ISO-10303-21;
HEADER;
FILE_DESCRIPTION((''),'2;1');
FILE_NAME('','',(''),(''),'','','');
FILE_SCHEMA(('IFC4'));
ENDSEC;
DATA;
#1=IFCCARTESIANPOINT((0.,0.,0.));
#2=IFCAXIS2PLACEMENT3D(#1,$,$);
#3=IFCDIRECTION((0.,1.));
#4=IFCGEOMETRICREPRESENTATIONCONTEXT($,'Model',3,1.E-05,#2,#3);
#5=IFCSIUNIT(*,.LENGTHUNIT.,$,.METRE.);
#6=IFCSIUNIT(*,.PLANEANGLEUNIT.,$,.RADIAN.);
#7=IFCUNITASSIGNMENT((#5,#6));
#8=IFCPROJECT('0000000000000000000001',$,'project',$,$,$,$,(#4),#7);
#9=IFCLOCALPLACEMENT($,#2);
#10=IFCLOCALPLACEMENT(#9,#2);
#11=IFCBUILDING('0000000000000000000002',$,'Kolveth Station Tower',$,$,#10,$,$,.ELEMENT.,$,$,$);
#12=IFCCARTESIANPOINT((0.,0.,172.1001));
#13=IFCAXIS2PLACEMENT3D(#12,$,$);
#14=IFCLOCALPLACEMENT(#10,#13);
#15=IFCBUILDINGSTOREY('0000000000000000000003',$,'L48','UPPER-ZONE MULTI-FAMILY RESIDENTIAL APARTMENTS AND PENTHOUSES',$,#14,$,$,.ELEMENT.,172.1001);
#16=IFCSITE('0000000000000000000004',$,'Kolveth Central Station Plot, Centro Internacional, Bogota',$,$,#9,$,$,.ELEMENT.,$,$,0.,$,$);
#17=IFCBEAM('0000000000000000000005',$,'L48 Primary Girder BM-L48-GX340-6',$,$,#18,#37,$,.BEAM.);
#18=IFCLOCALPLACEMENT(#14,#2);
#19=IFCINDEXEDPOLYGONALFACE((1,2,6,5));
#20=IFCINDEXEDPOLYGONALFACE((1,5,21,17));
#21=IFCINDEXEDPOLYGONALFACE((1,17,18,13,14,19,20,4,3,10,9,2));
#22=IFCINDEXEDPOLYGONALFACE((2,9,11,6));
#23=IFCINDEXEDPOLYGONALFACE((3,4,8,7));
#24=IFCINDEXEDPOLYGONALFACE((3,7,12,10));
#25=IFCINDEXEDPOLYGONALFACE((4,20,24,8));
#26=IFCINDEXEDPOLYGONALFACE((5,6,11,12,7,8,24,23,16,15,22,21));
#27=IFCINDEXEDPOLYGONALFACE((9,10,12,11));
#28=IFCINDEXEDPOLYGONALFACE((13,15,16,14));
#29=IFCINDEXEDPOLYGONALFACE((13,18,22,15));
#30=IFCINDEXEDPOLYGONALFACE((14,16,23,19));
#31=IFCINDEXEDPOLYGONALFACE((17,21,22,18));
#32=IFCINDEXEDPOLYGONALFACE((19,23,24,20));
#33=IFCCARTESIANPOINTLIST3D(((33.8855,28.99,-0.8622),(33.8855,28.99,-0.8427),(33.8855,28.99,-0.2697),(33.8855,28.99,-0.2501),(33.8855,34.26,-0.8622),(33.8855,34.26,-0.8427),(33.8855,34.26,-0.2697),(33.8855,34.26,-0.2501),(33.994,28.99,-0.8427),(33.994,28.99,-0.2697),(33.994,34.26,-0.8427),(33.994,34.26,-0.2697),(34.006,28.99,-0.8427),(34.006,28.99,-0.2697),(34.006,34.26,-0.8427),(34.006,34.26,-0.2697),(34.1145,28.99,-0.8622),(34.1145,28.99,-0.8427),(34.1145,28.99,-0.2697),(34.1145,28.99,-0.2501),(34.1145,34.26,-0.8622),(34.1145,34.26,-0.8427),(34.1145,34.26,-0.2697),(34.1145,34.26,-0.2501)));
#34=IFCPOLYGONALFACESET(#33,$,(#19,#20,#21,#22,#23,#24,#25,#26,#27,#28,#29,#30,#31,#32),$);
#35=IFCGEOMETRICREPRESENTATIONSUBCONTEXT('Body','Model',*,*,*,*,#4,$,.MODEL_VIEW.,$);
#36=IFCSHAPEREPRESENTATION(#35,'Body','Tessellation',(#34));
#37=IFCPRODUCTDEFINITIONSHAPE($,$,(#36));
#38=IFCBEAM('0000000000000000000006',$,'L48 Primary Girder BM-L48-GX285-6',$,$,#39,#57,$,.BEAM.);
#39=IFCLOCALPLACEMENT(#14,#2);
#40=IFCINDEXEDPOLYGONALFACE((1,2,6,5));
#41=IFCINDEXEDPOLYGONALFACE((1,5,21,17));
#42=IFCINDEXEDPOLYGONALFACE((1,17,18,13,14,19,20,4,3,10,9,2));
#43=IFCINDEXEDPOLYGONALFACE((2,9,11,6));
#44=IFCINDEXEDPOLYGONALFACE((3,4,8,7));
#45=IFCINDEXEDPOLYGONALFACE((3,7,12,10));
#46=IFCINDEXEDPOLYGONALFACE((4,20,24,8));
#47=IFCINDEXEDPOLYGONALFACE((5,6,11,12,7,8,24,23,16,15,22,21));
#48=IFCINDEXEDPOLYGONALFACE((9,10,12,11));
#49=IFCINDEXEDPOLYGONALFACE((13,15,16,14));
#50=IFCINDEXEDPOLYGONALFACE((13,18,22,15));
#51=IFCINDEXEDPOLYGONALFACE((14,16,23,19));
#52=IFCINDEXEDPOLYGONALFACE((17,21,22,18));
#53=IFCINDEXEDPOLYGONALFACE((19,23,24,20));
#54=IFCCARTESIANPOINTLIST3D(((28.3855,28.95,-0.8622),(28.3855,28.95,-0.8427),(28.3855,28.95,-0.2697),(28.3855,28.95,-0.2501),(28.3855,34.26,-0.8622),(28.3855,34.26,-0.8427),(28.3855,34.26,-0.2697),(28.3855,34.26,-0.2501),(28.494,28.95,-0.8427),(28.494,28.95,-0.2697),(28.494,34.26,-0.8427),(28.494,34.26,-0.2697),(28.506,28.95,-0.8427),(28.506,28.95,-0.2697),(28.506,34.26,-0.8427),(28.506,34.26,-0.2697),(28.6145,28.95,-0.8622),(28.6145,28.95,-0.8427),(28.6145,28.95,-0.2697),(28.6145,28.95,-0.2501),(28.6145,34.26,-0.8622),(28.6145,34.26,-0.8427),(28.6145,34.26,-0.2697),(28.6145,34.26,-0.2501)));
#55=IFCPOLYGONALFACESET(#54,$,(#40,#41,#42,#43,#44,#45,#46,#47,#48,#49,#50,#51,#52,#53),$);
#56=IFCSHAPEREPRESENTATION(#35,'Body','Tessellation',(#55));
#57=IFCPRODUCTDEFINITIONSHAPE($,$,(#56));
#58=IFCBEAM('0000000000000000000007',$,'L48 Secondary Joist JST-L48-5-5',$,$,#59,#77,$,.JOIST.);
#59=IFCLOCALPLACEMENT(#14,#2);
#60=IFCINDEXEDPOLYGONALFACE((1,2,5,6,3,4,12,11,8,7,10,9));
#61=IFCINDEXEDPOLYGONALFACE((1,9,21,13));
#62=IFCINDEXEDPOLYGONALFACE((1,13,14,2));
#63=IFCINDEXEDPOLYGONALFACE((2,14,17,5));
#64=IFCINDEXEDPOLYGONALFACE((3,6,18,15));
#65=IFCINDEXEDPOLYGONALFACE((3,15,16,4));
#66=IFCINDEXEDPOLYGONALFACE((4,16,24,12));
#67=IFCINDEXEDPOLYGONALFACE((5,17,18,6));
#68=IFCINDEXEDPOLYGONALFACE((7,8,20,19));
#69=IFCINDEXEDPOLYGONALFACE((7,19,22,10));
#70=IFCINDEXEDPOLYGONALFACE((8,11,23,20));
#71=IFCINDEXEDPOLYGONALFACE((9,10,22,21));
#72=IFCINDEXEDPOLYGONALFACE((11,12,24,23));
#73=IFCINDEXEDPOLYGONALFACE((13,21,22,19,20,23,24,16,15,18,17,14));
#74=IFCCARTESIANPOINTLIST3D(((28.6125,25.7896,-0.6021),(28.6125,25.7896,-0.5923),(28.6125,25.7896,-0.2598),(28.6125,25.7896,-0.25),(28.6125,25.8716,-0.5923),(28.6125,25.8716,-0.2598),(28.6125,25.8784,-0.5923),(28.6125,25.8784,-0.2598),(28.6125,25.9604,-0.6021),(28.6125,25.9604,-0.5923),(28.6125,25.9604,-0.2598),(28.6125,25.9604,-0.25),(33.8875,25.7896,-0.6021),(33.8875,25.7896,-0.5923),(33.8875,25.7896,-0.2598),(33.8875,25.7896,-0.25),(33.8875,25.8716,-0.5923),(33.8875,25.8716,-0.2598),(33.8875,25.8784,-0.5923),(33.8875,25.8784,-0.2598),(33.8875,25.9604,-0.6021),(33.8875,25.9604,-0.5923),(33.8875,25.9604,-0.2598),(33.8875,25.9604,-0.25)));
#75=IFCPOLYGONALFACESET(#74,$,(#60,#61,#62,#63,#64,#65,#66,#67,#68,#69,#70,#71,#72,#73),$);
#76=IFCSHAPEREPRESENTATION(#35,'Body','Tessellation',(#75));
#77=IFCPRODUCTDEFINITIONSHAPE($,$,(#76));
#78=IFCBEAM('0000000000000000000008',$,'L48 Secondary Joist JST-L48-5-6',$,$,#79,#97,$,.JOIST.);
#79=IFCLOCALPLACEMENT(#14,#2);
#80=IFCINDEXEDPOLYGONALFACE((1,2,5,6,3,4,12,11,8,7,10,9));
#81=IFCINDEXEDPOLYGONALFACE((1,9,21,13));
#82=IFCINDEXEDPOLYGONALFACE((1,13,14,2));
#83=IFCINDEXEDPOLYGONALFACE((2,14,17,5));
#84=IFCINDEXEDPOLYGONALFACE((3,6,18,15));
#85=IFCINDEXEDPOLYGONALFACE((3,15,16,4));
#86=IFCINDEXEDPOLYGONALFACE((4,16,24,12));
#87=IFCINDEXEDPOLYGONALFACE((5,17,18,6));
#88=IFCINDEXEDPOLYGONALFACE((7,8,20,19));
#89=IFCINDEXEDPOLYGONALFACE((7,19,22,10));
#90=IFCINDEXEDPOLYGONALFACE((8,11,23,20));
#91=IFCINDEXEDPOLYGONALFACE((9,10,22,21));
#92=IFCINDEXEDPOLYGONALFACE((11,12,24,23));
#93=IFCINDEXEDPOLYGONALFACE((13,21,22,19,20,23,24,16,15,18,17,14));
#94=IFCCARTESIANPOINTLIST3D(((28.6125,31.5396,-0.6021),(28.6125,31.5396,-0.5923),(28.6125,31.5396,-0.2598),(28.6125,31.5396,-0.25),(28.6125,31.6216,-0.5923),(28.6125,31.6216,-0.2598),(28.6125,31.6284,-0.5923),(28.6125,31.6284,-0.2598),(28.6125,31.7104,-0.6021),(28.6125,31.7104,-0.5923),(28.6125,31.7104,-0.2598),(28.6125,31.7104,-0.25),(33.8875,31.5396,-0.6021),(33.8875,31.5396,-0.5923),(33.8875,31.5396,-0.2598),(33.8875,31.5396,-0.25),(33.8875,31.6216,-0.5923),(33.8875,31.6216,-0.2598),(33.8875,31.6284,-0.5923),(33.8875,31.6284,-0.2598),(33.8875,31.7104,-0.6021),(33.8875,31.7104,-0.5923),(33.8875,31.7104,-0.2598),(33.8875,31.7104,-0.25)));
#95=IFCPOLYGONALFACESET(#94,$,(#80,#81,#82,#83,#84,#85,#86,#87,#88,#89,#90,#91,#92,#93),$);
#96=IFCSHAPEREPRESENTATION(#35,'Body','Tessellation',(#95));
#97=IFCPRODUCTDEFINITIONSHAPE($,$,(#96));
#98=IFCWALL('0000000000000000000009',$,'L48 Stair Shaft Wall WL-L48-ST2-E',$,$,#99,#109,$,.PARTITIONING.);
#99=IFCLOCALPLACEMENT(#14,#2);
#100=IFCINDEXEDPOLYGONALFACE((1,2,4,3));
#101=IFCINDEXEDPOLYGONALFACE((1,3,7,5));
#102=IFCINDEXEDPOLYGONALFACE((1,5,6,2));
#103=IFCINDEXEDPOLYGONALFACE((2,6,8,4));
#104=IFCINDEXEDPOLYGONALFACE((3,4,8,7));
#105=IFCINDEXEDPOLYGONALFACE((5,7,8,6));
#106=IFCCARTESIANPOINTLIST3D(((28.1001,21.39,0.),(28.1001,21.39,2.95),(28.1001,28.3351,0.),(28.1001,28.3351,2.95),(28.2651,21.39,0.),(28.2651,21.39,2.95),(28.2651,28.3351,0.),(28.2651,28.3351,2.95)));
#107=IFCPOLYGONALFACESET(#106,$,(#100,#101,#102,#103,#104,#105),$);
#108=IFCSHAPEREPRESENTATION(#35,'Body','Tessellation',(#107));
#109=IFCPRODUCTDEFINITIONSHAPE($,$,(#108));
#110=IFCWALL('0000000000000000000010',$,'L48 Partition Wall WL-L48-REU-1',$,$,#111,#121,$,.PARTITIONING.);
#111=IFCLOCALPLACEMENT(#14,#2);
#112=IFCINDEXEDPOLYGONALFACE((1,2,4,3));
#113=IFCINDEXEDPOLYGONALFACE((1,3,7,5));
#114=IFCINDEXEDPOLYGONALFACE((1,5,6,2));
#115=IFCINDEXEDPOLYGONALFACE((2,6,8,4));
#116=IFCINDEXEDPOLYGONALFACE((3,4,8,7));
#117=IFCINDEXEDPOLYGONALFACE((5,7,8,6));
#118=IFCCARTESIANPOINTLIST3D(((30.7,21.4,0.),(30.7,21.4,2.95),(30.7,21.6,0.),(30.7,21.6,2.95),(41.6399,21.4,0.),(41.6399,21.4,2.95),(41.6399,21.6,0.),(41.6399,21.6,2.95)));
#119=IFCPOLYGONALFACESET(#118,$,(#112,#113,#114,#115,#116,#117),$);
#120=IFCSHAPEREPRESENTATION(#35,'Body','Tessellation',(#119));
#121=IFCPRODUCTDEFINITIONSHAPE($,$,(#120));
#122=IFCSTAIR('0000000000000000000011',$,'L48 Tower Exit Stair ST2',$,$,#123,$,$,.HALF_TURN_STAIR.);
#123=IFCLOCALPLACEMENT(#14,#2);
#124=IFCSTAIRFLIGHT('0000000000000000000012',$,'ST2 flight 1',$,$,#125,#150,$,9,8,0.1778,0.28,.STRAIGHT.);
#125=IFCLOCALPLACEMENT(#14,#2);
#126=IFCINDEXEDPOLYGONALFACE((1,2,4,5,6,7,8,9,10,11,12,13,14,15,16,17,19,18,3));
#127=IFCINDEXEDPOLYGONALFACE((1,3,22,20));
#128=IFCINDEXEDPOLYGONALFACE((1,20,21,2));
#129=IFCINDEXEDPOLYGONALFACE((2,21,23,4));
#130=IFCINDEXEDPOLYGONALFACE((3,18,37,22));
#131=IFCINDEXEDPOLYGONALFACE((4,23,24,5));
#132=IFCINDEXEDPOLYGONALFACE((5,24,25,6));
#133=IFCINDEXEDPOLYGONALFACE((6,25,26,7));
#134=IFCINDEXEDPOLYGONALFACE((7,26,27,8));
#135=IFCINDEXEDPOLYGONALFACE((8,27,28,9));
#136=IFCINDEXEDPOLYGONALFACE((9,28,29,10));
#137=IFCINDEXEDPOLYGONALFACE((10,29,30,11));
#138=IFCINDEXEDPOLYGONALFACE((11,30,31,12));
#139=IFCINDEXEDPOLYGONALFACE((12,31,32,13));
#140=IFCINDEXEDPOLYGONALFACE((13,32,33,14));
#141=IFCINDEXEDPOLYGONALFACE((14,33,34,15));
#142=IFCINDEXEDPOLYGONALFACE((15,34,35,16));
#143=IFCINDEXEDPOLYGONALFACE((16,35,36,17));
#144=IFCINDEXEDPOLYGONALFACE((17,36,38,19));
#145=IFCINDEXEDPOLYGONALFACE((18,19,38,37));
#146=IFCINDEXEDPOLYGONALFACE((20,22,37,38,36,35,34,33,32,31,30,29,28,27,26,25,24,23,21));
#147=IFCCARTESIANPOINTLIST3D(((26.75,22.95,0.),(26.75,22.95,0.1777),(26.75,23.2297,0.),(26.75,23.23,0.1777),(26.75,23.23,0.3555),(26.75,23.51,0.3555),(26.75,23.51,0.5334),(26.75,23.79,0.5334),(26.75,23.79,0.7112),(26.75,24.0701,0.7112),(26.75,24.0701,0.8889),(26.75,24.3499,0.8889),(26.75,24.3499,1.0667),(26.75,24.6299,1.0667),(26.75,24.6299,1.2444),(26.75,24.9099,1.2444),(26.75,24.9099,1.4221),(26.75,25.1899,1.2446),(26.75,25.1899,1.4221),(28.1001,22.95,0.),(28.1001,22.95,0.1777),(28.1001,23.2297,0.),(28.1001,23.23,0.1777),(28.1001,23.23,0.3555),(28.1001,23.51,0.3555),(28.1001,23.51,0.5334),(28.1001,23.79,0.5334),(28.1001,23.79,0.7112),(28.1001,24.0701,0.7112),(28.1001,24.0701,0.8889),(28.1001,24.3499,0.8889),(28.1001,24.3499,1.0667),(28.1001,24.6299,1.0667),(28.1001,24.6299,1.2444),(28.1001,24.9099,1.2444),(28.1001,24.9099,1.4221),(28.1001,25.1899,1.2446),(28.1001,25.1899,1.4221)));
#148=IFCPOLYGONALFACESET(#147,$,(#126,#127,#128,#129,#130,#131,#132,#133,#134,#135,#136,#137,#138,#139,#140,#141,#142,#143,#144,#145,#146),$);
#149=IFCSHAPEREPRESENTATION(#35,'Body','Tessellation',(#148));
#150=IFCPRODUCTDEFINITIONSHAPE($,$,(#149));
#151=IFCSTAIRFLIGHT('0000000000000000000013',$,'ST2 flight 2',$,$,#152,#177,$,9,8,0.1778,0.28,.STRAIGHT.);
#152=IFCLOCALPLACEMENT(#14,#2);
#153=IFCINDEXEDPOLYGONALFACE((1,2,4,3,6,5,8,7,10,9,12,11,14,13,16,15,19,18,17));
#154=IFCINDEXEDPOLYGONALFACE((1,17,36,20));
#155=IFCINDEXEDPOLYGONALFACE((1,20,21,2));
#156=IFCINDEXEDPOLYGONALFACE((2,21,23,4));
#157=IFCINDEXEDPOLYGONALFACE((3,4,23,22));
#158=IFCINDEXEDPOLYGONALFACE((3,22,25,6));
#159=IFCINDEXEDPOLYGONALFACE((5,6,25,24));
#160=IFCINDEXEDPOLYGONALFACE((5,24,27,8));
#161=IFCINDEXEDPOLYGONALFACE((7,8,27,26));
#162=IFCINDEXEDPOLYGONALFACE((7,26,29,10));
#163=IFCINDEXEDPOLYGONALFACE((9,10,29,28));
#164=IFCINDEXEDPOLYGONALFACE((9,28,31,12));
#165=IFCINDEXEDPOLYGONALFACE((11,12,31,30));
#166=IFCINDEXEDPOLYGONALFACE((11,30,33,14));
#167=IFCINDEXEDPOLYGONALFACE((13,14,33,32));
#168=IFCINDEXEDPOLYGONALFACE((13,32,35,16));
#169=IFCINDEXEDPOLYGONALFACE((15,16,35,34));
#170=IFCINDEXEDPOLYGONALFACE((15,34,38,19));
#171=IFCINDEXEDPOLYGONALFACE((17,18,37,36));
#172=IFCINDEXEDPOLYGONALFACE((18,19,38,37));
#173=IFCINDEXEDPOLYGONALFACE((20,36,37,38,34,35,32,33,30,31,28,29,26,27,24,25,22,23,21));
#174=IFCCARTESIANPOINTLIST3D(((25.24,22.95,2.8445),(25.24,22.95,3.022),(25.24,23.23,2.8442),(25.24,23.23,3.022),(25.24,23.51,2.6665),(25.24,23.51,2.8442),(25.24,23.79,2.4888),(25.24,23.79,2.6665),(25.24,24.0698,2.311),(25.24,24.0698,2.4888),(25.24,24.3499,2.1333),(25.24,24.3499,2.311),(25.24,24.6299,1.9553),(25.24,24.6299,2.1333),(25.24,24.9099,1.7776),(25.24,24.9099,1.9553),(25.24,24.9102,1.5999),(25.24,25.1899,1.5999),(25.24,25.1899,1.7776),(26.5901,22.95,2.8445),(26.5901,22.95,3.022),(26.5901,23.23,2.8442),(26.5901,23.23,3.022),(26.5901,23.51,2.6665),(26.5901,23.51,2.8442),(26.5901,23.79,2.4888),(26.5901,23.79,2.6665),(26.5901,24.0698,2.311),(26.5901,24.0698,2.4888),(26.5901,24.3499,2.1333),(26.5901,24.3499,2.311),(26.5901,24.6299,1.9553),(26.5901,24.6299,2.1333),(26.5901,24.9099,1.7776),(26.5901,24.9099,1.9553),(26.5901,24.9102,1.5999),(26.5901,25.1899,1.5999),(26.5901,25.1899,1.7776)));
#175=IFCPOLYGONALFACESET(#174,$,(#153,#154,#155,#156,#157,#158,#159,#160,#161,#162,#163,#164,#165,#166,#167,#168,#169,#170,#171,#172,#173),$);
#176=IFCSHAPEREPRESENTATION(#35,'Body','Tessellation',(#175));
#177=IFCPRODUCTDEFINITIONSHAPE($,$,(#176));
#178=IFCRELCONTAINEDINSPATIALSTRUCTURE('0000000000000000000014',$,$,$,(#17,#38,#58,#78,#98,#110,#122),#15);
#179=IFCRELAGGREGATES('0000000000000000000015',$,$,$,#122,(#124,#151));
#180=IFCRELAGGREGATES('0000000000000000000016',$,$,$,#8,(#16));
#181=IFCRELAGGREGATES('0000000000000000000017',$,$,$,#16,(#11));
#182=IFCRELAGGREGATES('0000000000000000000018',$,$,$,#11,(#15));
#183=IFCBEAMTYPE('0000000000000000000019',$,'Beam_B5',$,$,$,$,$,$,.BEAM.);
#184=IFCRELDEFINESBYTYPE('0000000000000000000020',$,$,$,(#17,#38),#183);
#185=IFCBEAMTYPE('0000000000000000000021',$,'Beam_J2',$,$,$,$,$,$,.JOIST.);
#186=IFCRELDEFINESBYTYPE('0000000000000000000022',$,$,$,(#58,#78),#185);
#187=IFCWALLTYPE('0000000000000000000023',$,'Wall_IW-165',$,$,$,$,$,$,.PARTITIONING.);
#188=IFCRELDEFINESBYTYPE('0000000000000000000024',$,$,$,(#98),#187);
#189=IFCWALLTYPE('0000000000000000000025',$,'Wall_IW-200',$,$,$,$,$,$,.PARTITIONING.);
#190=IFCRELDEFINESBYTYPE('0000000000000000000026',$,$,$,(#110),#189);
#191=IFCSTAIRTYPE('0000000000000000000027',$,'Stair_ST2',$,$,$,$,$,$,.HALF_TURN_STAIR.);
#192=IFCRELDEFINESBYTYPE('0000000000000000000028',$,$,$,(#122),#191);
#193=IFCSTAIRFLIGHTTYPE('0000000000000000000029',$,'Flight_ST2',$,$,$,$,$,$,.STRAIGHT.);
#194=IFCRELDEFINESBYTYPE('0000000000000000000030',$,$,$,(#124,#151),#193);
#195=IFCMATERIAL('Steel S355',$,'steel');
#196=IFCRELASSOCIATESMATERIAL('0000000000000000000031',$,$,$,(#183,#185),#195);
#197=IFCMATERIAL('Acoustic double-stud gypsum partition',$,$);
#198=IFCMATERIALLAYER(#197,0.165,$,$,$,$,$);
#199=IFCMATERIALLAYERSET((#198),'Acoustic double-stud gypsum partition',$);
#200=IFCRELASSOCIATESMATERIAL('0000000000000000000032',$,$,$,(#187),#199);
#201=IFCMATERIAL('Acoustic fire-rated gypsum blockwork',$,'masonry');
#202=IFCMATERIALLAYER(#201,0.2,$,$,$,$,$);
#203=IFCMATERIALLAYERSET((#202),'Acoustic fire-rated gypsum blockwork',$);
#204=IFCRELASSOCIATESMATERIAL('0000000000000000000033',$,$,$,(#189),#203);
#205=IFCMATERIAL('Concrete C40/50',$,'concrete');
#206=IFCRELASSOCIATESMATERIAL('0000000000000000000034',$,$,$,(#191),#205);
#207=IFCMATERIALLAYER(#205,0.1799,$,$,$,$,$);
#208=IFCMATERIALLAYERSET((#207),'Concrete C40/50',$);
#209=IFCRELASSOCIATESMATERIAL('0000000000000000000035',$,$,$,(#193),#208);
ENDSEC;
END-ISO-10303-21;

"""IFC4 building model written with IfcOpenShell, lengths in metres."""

from ifc_helpers import new_model, si_unit, direction, frame, frame_2d, origin, origin_2d, place, context, subcontext, project, spatial, polyline, rectangle, i_section, outline, extrude, source, transform, mapped, material, layer, layer_set, material_profile, profile_set, type_object, element, aggregate, save


model = new_model("IFC4")

# Units and contexts
model_context = context("Model", 3, precision=1e-05, world=origin(), true_north=direction((0.0, 1.0)))
body_context = subcontext(model_context, "Body", "Model", "MODEL_VIEW")
ifc_project = project(units=[si_unit("LENGTHUNIT", "METRE"), si_unit("PLANEANGLEUNIT", "RADIAN")], contexts=[model_context])

# Site, building, storey
site_placement = place(None, origin())
site = spatial("IfcSite", under=ifc_project, at=site_placement, Name="Kolveth Central Station Plot, Centro Internacional, Bogota", CompositionType="ELEMENT", RefElevation=0.0)
building_placement = place(site_placement, origin())
building = spatial("IfcBuilding", under=site, at=building_placement, Name="Kolveth Station Tower", CompositionType="ELEMENT")
storey_placement = place(building_placement, frame((0.0, 0.0, 172.1001)))
storey = spatial("IfcBuildingStorey", under=building, at=storey_placement, Name="L48", Description="UPPER-ZONE MULTI-FAMILY RESIDENTIAL APARTMENTS AND PENTHOUSES", CompositionType="ELEMENT", Elevation=172.1001)

# Shared definitions
ifc_material_1 = material(Name="Steel S355", Category="steel")

# Beams
ifc_material_profile_1 = material_profile(ifc_material_1, i_section(OverallWidth=0.229, OverallDepth=0.6121, WebThickness=0.012, FlangeThickness=0.0195, at=origin_2d()), Name="W610x125")
ifc_profile_set_1 = profile_set([ifc_material_profile_1], Name="Steel S355")
beam_type_1 = type_object("IfcBeamType", Name="Beam_B5", PredefinedType="BEAM", material=ifc_profile_set_1)
shared_shape_1 = source(origin(), body_context, "Body", "SweptSolid", [
    extrude(i_section(OverallWidth=0.229, OverallDepth=0.6121, WebThickness=0.012, FlangeThickness=0.0195, at=origin_2d()), origin(), (0.0, 0.0, 1.0), 5.27),
])
for number, where, z_axis, x_axis, name in (
    (1, (34.0, 28.99, -0.5562), (0.0, 1.0, 0.0), (-1.0, 0.0, 0.0), "L48 Primary Girder BM-L48-GX340-6"),
):
    element("IfcBeam", number, at=place(storey_placement, frame(where, z_axis=z_axis, x_axis=x_axis)), inside=storey, type_object=beam_type_1, Name=name, PredefinedType="BEAM", context=body_context, shape_type="MappedRepresentation", body=[
        mapped(shared_shape_1, transform((0.0, 0.0, 0.0), x_axis=(1.0, 0.0, 0.0), y_axis=(0.0, 1.0, 0.0), z_axis=(0.0, 0.0, 1.0), scale=1.0)),
    ])
shared_shape_2 = source(origin(), body_context, "Body", "SweptSolid", [
    extrude(i_section(OverallWidth=0.229, OverallDepth=0.6121, WebThickness=0.012, FlangeThickness=0.0195, at=origin_2d()), origin(), (0.0, 0.0, 1.0), 5.3101),
])
beam_1_placement = place(storey_placement, frame((28.5, 28.95, -0.5562), z_axis=(0.0, 1.0, 0.0), x_axis=(-1.0, 0.0, 0.0)))
element("IfcBeam", 2, at=beam_1_placement, inside=storey, type_object=beam_type_1, Name="L48 Primary Girder BM-L48-GX285-6", PredefinedType="BEAM", context=body_context, shape_type="MappedRepresentation", body=[
    mapped(shared_shape_2, transform((0.0, 0.0, 0.0), x_axis=(1.0, 0.0, 0.0), y_axis=(0.0, 1.0, 0.0), z_axis=(0.0, 0.0, 1.0), scale=1.0)),
])
ifc_material_profile_2 = material_profile(ifc_material_1, i_section(OverallWidth=0.1709, OverallDepth=0.3521, WebThickness=0.0068, FlangeThickness=0.0098, at=origin_2d()), Name="W360x44")
ifc_profile_set_2 = profile_set([ifc_material_profile_2], Name="Steel S355")
beam_type_2 = type_object("IfcBeamType", Name="Beam_J2", PredefinedType="JOIST", material=ifc_profile_set_2)
shared_shape_3 = source(origin(), body_context, "Body", "SweptSolid", [
    extrude(i_section(OverallWidth=0.1709, OverallDepth=0.3521, WebThickness=0.0068, FlangeThickness=0.0098, at=origin_2d()), origin(), (0.0, 0.0, 1.0), 5.2749),
])
for number, where, z_axis, x_axis, name in (
    (3, (28.6125, 25.875, -0.426), (1.0, 0.0, 0.0), (0.0, 1.0, 0.0), "L48 Secondary Joist JST-L48-5-5"),
    (4, (28.6125, 31.625, -0.426), (1.0, 0.0, 0.0), (0.0, 1.0, 0.0), "L48 Secondary Joist JST-L48-5-6"),
):
    element("IfcBeam", number, at=place(storey_placement, frame(where, z_axis=z_axis, x_axis=x_axis)), inside=storey, type_object=beam_type_2, Name=name, PredefinedType="JOIST", context=body_context, shape_type="MappedRepresentation", body=[
        mapped(shared_shape_3, transform((0.0, 0.0, 0.0), x_axis=(1.0, 0.0, 0.0), y_axis=(0.0, 1.0, 0.0), z_axis=(0.0, 0.0, 1.0), scale=1.0)),
    ])

# Walls
ifc_material_2 = material(Name="Acoustic double-stud gypsum partition")
ifc_layer_1 = layer(ifc_material_2, 0.165)
ifc_layer_set_1 = layer_set([ifc_layer_1], Name="Acoustic double-stud gypsum partition")
wall_type_1 = type_object("IfcWallType", Name="Wall_IW-165", PredefinedType="PARTITIONING", material=ifc_layer_set_1)
wall_1_placement = place(storey_placement, frame((28.1826, 21.3899, 0.0), z_axis=(0.0, 0.0, 1.0), x_axis=(0.0, 1.0, 0.0)))
element("IfcWall", 5, at=wall_1_placement, inside=storey, type_object=wall_type_1, Name="L48 Stair Shaft Wall WL-L48-ST2-E", PredefinedType="PARTITIONING", context=body_context, shape_type="SweptSolid", body=[
    extrude(rectangle(XDim=6.9451, YDim=0.165, at=frame_2d((3.4727, 0.0))), origin(), (0.0, 0.0, 1.0), 2.95),
])
ifc_material_3 = material(Name="Acoustic fire-rated gypsum blockwork", Category="masonry")
ifc_layer_2 = layer(ifc_material_3, 0.2)
ifc_layer_set_2 = layer_set([ifc_layer_2], Name="Acoustic fire-rated gypsum blockwork")
wall_type_2 = type_object("IfcWallType", Name="Wall_IW-200", PredefinedType="PARTITIONING", material=ifc_layer_set_2)
wall_2_placement = place(storey_placement, frame((30.7, 21.5, 0.0), z_axis=(0.0, 0.0, 1.0), x_axis=(1.0, 0.0, 0.0)))
element("IfcWall", 6, at=wall_2_placement, inside=storey, type_object=wall_type_2, Name="L48 Partition Wall WL-L48-REU-1", PredefinedType="PARTITIONING", context=body_context, shape_type="SweptSolid", body=[
    extrude(rectangle(XDim=10.9399, YDim=0.2, at=frame_2d((5.47, 0.0))), origin(), (0.0, 0.0, 1.0), 2.95),
])

# Stair, stair flights
ifc_material_4 = material(Name="Concrete C40/50", Category="concrete")
stair_type = type_object("IfcStairType", Name="Stair_ST2", PredefinedType="HALF_TURN_STAIR", material=ifc_material_4)
stair_placement = place(storey_placement, origin())
stair = element("IfcStair", 7, at=stair_placement, inside=storey, type_object=stair_type, Name="L48 Tower Exit Stair ST2", PredefinedType="HALF_TURN_STAIR")
ifc_layer_3 = layer(ifc_material_4, 0.1799)
ifc_layer_set_3 = layer_set([ifc_layer_3], Name="Concrete C40/50")
stair_flight_type = type_object("IfcStairFlightType", Name="Flight_ST2", PredefinedType="STRAIGHT", material=ifc_layer_set_3)
stair_flight_1_placement = place(storey_placement, frame((27.425, 22.95, 0.0), z_axis=(0.0, 0.0, 1.0), x_axis=(0.0, 1.0, 0.0)))
stair_flight_1 = element("IfcStairFlight", 8, at=stair_flight_1_placement, type_object=stair_flight_type, Name="ST2 flight 1", NumberOfRisers=9, NumberOfTreads=8, PredefinedType="STRAIGHT", RiserHeight=0.1778, TreadLength=0.28, context=body_context, shape_type="SweptSolid", body=[
    extrude(outline(polyline([(0.0, 0.0), (0.0, 0.1777), (0.28, 0.1777), (0.28, 0.3555), (0.5601, 0.3555), (0.5601, 0.5334), (0.8401, 0.5334), (0.8401, 0.7112), (1.1201, 0.7112), (1.1201, 0.8889), (1.3999, 0.8889), (1.3999, 1.0667), (1.6799, 1.0667), (1.6799, 1.2444), (1.96, 1.2444), (1.96, 1.4221), (2.24, 1.4221), (2.24, 1.6001), (2.24, 1.2446), (0.2798, 0.0), (0.0, 0.0)])), frame((0.0, 0.675, 0.0), z_axis=(0.0, -1.0, 0.0), x_axis=(1.0, 0.0, 0.0)), (0.0, 0.0, 1.0), 1.3501),
])
stair_flight_2_placement = place(storey_placement, frame((25.915, 25.1899, 1.5999), z_axis=(0.0, 0.0, 1.0), x_axis=(0.0, -1.0, 0.0)))
stair_flight_2 = element("IfcStairFlight", 9, at=stair_flight_2_placement, type_object=stair_flight_type, Name="ST2 flight 2", NumberOfRisers=9, NumberOfTreads=8, PredefinedType="STRAIGHT", RiserHeight=0.1778, TreadLength=0.28, context=body_context, shape_type="SweptSolid", body=[
    extrude(outline(polyline([(0.0, 0.0), (0.0, 0.1777), (0.28, 0.1777), (0.28, 0.3555), (0.5601, 0.3555), (0.5601, 0.5334), (0.8401, 0.5334), (0.8401, 0.7112), (1.1201, 0.7112), (1.1201, 0.8889), (1.3999, 0.8889), (1.3999, 1.0667), (1.6799, 1.0667), (1.6799, 1.2444), (1.96, 1.2444), (1.96, 1.4221), (2.24, 1.4221), (2.24, 1.6001), (2.24, 1.2446), (0.2798, 0.0), (0.0, 0.0)])), frame((0.0, 0.675, 0.0), z_axis=(0.0, -1.0, 0.0), x_axis=(1.0, 0.0, 0.0)), (0.0, 0.0, 1.0), 1.3501),
])
aggregate(stair, [stair_flight_1, stair_flight_2])

save(model, "model.ifc")
